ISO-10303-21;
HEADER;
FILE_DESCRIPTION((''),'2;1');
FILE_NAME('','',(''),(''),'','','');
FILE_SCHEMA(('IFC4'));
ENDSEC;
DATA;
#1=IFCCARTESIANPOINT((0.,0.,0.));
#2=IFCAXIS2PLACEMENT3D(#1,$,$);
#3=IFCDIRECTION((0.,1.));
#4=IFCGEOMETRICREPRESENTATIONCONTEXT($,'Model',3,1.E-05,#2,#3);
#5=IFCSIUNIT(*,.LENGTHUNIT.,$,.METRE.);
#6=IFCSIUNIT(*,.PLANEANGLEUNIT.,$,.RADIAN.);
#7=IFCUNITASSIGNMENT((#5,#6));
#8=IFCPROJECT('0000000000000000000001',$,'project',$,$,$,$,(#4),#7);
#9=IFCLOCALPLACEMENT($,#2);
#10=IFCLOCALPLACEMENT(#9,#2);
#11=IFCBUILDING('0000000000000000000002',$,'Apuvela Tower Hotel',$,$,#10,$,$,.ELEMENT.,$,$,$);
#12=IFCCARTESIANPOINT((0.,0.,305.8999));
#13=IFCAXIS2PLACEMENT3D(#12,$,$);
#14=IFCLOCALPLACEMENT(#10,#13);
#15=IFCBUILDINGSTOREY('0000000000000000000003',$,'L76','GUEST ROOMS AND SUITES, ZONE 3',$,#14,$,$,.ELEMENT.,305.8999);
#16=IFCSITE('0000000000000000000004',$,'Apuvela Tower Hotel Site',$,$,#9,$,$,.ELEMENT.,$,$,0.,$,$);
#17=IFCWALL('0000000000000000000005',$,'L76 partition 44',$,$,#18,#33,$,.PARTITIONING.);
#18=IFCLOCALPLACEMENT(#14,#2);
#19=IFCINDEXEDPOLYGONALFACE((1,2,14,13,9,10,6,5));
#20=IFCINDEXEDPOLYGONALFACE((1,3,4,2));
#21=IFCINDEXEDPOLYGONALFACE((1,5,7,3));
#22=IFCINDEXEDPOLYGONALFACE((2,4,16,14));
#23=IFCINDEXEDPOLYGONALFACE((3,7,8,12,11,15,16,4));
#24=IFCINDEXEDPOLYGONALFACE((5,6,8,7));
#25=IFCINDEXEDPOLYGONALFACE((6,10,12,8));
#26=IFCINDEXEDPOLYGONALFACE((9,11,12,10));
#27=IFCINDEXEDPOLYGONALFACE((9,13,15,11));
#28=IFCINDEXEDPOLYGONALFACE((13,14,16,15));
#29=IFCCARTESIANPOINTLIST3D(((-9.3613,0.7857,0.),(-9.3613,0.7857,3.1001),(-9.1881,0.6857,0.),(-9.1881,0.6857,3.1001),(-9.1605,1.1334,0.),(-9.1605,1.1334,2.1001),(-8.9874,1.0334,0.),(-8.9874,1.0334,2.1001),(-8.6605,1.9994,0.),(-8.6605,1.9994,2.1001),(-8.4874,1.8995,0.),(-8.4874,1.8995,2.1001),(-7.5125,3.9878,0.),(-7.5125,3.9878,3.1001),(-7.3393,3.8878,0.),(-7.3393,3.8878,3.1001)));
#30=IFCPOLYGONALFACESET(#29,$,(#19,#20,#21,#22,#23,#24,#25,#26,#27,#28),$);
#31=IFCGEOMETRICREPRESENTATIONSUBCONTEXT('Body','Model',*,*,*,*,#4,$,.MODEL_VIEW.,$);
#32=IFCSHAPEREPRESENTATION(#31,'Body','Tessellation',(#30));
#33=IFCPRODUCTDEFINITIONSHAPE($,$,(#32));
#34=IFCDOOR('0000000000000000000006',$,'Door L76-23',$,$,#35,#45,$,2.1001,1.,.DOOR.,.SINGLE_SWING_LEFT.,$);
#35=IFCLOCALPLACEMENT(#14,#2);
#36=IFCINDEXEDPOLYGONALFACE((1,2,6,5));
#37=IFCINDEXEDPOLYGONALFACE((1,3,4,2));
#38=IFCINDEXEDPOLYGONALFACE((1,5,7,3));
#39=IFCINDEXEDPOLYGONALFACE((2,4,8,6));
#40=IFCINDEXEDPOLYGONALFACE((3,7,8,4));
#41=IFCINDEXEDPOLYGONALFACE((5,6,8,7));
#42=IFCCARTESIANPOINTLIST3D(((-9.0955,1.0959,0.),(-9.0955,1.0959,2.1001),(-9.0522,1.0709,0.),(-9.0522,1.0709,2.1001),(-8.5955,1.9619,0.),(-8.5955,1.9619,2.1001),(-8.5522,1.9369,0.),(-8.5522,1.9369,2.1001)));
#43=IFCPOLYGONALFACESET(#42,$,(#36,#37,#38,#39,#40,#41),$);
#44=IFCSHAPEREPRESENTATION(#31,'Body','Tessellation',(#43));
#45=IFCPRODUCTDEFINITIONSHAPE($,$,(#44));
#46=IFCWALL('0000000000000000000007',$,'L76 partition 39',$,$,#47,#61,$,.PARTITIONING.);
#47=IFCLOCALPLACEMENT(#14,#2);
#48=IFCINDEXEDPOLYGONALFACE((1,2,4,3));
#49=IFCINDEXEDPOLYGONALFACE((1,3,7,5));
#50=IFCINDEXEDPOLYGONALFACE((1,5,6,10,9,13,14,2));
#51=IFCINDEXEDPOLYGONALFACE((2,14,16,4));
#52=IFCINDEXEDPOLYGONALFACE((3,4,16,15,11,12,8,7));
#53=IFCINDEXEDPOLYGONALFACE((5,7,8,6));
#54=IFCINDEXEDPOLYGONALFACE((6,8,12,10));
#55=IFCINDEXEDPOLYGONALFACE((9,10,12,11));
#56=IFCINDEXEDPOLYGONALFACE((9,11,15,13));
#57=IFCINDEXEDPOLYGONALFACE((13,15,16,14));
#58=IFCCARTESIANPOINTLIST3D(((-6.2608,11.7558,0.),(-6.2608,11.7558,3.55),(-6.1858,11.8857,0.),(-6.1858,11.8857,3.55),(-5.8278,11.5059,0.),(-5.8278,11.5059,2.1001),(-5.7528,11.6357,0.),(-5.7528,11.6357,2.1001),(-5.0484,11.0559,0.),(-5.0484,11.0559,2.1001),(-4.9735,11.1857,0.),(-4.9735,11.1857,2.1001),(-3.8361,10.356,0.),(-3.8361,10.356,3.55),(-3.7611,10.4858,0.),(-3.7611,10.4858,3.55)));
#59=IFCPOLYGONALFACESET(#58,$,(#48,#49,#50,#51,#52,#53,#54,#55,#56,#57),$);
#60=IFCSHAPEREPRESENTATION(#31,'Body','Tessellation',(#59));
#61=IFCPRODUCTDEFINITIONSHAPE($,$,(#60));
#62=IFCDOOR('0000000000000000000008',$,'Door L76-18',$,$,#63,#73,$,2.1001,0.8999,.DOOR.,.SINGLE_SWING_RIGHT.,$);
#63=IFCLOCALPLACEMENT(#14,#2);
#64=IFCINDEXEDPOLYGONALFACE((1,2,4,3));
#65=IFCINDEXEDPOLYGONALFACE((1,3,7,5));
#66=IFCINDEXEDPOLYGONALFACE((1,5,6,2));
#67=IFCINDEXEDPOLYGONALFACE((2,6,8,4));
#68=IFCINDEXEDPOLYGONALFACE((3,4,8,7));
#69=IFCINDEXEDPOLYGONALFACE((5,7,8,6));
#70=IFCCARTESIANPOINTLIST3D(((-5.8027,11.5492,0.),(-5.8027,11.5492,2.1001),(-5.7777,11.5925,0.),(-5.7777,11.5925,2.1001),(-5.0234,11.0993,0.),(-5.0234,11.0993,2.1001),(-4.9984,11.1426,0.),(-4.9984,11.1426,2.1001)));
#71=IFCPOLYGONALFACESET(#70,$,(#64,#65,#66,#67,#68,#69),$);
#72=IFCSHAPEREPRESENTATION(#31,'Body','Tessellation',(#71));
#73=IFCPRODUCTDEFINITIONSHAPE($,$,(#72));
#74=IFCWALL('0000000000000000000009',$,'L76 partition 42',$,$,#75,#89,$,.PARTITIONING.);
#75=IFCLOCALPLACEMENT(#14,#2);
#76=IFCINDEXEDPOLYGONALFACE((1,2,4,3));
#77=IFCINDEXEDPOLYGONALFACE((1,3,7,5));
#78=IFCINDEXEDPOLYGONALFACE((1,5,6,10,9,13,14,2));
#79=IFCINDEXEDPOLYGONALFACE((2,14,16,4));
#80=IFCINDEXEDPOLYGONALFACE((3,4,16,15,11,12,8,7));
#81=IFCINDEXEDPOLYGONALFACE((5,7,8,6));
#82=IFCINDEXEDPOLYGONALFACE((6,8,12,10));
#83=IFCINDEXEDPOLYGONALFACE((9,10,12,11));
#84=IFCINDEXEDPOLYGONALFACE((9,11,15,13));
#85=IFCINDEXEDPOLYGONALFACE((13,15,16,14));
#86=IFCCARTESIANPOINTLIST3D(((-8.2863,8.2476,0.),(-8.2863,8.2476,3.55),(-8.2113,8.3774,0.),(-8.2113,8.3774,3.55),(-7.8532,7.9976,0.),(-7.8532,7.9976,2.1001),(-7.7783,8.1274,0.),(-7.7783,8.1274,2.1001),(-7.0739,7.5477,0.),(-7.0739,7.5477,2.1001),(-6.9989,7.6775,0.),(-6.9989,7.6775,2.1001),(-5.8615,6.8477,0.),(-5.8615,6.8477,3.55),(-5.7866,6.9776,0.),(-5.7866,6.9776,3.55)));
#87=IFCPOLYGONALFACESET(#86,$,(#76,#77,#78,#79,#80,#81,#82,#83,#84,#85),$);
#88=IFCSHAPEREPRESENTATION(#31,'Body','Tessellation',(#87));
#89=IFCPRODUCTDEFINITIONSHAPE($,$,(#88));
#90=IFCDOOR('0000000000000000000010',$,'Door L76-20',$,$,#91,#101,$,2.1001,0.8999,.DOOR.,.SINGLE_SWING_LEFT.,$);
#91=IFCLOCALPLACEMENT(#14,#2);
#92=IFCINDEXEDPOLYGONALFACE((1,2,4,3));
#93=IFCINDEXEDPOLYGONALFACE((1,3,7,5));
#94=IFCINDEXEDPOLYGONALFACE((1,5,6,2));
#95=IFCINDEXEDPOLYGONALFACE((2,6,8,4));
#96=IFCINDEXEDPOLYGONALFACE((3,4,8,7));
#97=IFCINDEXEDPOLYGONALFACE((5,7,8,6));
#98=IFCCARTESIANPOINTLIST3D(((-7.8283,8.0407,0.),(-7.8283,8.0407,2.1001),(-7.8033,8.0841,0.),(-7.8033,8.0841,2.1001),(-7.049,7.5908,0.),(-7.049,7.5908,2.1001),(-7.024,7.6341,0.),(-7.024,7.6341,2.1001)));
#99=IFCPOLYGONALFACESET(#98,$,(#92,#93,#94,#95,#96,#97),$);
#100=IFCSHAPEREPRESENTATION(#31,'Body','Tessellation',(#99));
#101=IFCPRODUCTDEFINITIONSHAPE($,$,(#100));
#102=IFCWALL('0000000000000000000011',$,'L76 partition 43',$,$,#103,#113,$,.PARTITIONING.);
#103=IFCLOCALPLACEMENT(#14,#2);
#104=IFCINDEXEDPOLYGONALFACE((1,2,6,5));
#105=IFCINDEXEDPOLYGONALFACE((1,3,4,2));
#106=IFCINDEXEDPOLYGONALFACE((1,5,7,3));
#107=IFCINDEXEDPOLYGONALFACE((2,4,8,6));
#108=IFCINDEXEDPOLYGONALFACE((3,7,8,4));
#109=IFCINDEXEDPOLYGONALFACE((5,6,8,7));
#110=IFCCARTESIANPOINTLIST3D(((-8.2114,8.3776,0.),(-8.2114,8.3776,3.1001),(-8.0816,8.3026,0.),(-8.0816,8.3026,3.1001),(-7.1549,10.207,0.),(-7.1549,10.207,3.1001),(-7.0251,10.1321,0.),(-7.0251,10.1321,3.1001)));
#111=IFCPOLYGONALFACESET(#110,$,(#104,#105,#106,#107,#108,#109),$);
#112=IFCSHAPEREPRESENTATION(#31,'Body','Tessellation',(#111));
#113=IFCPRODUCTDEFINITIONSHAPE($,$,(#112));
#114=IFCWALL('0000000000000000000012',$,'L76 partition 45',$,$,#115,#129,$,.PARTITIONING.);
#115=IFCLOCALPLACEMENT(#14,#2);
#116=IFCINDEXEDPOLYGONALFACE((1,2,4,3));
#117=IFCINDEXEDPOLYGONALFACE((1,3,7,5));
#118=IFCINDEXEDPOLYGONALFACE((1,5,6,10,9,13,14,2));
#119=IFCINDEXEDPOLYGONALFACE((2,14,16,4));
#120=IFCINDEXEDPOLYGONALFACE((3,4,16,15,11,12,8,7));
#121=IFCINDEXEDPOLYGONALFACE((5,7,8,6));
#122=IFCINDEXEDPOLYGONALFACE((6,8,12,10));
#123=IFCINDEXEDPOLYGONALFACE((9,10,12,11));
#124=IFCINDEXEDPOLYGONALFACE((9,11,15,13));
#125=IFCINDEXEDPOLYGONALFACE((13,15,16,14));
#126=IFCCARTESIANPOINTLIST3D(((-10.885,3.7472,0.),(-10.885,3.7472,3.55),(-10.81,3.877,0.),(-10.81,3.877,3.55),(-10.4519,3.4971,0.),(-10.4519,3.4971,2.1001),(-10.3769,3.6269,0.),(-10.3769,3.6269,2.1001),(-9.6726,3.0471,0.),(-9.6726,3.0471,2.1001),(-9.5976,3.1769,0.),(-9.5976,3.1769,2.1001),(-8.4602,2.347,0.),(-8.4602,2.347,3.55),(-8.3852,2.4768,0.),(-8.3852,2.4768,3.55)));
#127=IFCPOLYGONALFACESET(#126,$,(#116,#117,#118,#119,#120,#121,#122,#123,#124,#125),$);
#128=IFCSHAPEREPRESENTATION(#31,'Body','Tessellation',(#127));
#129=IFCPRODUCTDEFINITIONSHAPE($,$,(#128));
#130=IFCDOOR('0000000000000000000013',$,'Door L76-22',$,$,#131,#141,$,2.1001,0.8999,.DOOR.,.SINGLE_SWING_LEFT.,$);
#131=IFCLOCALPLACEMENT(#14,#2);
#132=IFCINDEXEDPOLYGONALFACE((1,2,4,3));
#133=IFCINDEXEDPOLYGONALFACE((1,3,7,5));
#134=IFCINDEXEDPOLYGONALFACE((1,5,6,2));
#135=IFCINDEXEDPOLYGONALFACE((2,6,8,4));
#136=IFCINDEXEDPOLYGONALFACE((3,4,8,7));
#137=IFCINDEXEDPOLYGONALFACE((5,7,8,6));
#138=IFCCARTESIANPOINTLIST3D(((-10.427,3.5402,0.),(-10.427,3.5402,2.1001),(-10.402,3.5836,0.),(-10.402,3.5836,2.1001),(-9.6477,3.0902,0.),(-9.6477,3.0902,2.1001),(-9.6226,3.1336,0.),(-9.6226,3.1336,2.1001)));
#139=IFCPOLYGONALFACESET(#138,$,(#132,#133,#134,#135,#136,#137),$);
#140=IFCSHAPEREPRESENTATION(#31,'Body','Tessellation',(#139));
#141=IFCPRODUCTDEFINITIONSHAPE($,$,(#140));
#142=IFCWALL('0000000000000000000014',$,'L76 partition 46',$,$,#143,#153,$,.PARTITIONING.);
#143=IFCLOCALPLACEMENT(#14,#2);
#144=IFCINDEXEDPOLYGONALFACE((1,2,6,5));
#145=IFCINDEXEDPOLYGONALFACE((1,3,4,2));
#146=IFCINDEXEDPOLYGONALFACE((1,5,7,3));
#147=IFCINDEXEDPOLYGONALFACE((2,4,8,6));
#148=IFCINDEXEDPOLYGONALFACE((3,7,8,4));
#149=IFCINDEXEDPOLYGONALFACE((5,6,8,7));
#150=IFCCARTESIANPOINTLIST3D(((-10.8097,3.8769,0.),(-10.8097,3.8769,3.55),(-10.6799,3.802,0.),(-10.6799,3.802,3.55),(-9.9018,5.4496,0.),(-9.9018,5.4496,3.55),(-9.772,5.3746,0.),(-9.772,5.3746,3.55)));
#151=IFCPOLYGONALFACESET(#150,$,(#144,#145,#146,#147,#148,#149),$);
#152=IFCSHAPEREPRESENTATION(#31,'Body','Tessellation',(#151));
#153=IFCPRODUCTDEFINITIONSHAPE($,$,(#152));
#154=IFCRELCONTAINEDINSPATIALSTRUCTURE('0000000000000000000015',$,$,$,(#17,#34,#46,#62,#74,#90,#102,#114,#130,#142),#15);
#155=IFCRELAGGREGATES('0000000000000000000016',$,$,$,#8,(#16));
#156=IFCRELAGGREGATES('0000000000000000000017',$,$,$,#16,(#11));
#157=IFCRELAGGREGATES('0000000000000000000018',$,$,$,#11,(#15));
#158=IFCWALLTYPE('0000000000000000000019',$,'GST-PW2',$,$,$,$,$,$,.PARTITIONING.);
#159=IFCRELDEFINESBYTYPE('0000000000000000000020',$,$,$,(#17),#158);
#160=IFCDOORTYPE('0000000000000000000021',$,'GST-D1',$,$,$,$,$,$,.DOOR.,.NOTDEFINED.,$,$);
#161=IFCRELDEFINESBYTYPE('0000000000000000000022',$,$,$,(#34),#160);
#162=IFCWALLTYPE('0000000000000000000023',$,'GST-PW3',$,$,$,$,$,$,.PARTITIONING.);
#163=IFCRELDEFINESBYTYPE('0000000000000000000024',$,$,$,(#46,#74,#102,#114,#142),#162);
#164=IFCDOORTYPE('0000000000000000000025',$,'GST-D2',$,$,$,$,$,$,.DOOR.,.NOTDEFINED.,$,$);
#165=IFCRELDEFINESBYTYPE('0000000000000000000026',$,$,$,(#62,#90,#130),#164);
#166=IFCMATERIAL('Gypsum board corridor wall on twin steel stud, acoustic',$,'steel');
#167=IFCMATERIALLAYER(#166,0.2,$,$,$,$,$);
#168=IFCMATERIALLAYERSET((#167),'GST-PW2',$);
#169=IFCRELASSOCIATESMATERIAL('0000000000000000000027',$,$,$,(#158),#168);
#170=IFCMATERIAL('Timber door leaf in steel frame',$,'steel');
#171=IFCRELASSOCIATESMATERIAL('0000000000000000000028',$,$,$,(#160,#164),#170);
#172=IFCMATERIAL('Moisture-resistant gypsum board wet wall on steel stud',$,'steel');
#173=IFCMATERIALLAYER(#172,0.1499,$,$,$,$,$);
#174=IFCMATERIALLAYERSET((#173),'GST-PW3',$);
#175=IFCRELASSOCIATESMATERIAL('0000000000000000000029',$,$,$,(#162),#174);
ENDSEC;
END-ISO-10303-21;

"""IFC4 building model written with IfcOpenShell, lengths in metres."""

from ifc_helpers import new_model, si_unit, direction, frame, frame_2d, origin, place, context, subcontext, project, spatial, rectangle, extrude, material, layer, layer_set, type_object, element, fill, save


model = new_model("IFC4")

# Units and contexts
model_context = context("Model", 3, precision=1e-05, world=origin(), true_north=direction((0.0, 1.0)))
body_context = subcontext(model_context, "Body", "Model", "MODEL_VIEW")
ifc_project = project(units=[si_unit("LENGTHUNIT", "METRE"), si_unit("PLANEANGLEUNIT", "RADIAN")], contexts=[model_context])

# Site, building, storey
site_placement = place(None, origin())
site = spatial("IfcSite", under=ifc_project, at=site_placement, Name="Apuvela Tower Hotel Site", CompositionType="ELEMENT", RefElevation=0.0)
building_placement = place(site_placement, origin())
building = spatial("IfcBuilding", under=site, at=building_placement, Name="Apuvela Tower Hotel", CompositionType="ELEMENT")
storey_placement = place(building_placement, frame((0.0, 0.0, 305.8999)))
storey = spatial("IfcBuildingStorey", under=building, at=storey_placement, Name="L76", Description="GUEST ROOMS AND SUITES, ZONE 3", CompositionType="ELEMENT", Elevation=305.8999)

# Walls, openings, doors
ifc_material_1 = material(Name="Gypsum board corridor wall on twin steel stud, acoustic", Category="steel")
ifc_layer_1 = layer(ifc_material_1, 0.2)
ifc_layer_set_1 = layer_set([ifc_layer_1], Name="GST-PW2")
wall_type_1 = type_object("IfcWallType", Name="GST-PW2", PredefinedType="PARTITIONING", material=ifc_layer_set_1)
ifc_material_2 = material(Name="Timber door leaf in steel frame", Category="steel")
door_type_1 = type_object("IfcDoorType", Name="GST-D1", OperationType="NOTDEFINED", PredefinedType="DOOR", material=ifc_material_2)
wall_1_placement = place(storey_placement, frame((-9.2747, 0.7358, 0.0), z_axis=(0.0, 0.0, 1.0), x_axis=(0.500023, 0.866012, 0.0)))
wall_1 = element("IfcWall", 1, at=wall_1_placement, inside=storey, type_object=wall_type_1, Name="L76 partition 44", PredefinedType="PARTITIONING", context=body_context, shape_type="SweptSolid", body=[
    extrude(rectangle(XDim=3.6975, YDim=0.2, at=frame_2d((1.8486, 0.0))), origin(), (0.0, 0.0, 1.0), 3.1001),
])
opening_1_placement = place(wall_1_placement, frame((0.4014, 0.0, 0.0)))
opening_1 = element("IfcOpeningElement", 2, at=opening_1_placement, cuts=wall_1, PredefinedType="OPENING", context=body_context, shape_type="SweptSolid", body=[
    extrude(rectangle(XDim=1.0, YDim=2.1001, at=frame_2d((0.5, 1.05))), frame((0.0, 0.1099, 0.0), z_axis=(0.0, -1.0, 0.0), x_axis=(1.0, 0.0, 0.0)), (0.0, 0.0, 1.0), 0.22),
])
door_1_placement = place(opening_1_placement, origin())
door_1 = element("IfcDoor", 3, at=door_1_placement, inside=storey, type_object=door_type_1, Name="Door L76-23", OperationType="SINGLE_SWING_LEFT", OverallHeight=2.1001, OverallWidth=1.0, PredefinedType="DOOR", context=body_context, shape_type="SweptSolid", body=[
    extrude(rectangle(XDim=1.0, YDim=2.1001, at=frame_2d((0.5, 1.05))), frame((0.0, 0.0249, 0.0), z_axis=(0.0, -1.0, 0.0), x_axis=(1.0, 0.0, 0.0)), (0.0, 0.0, 1.0), 0.05),
])
fill(opening_1, door_1)
ifc_material_3 = material(Name="Moisture-resistant gypsum board wet wall on steel stud", Category="steel")
ifc_layer_2 = layer(ifc_material_3, 0.1499)
ifc_layer_set_2 = layer_set([ifc_layer_2], Name="GST-PW3")
wall_type_2 = type_object("IfcWallType", Name="GST-PW3", PredefinedType="PARTITIONING", material=ifc_layer_set_2)
wall_2_placement = place(storey_placement, frame((-3.7986, 10.4209, 0.0), z_axis=(0.0, 0.0, 1.0), x_axis=(-0.866035, 0.499984, 0.0)))
wall_2 = element("IfcWall", 4, at=wall_2_placement, inside=storey, type_object=wall_type_2, Name="L76 partition 39", PredefinedType="PARTITIONING", context=body_context, shape_type="SweptSolid", body=[
    extrude(rectangle(XDim=2.7998, YDim=0.1499, at=frame_2d((1.3999, 0.0))), origin(), (0.0, 0.0, 1.0), 3.55),
])
opening_2_placement = place(wall_2_placement, frame((1.3999, 0.0, 0.0)))
opening_2 = element("IfcOpeningElement", 5, at=opening_2_placement, cuts=wall_2, PredefinedType="OPENING", context=body_context, shape_type="SweptSolid", body=[
    extrude(rectangle(XDim=0.8999, YDim=2.1001, at=frame_2d((0.45, 1.05))), frame((0.0, 0.085, 0.0), z_axis=(0.0, -1.0, 0.0), x_axis=(1.0, 0.0, 0.0)), (0.0, 0.0, 1.0), 0.1699),
])
door_type_2 = type_object("IfcDoorType", Name="GST-D2", OperationType="NOTDEFINED", PredefinedType="DOOR", material=ifc_material_2)
door_2_placement = place(opening_2_placement, origin())
door_2 = element("IfcDoor", 6, at=door_2_placement, inside=storey, type_object=door_type_2, Name="Door L76-18", OperationType="SINGLE_SWING_RIGHT", OverallHeight=2.1001, OverallWidth=0.8999, PredefinedType="DOOR", context=body_context, shape_type="SweptSolid", body=[
    extrude(rectangle(XDim=0.8999, YDim=2.1001, at=frame_2d((0.45, 1.05))), frame((0.0, 0.0249, 0.0), z_axis=(0.0, -1.0, 0.0), x_axis=(1.0, 0.0, 0.0)), (0.0, 0.0, 1.0), 0.05),
])
fill(opening_2, door_2)
wall_3_placement = place(storey_placement, frame((-8.2488, 8.3125, 0.0), z_axis=(0.0, 0.0, 1.0), x_axis=(0.866035, -0.499984, 0.0)))
wall_3 = element("IfcWall", 7, at=wall_3_placement, inside=storey, type_object=wall_type_2, Name="L76 partition 42", PredefinedType="PARTITIONING", context=body_context, shape_type="SweptSolid", body=[
    extrude(rectangle(XDim=2.7998, YDim=0.1499, at=frame_2d((1.3999, 0.0))), origin(), (0.0, 0.0, 1.0), 3.55),
])
opening_3_placement = place(wall_3_placement, frame((0.5, 0.0, 0.0)))
opening_3 = element("IfcOpeningElement", 8, at=opening_3_placement, cuts=wall_3, PredefinedType="OPENING", context=body_context, shape_type="SweptSolid", body=[
    extrude(rectangle(XDim=0.8999, YDim=2.1001, at=frame_2d((0.45, 1.05))), frame((0.0, 0.085, 0.0), z_axis=(0.0, -1.0, 0.0), x_axis=(1.0, 0.0, 0.0)), (0.0, 0.0, 1.0), 0.1699),
])
door_3_placement = place(opening_3_placement, origin())
door_3 = element("IfcDoor", 9, at=door_3_placement, inside=storey, type_object=door_type_2, Name="Door L76-20", OperationType="SINGLE_SWING_LEFT", OverallHeight=2.1001, OverallWidth=0.8999, PredefinedType="DOOR", context=body_context, shape_type="SweptSolid", body=[
    extrude(rectangle(XDim=0.8999, YDim=2.1001, at=frame_2d((0.45, 1.05))), frame((0.0, 0.0249, 0.0), z_axis=(0.0, -1.0, 0.0), x_axis=(1.0, 0.0, 0.0)), (0.0, 0.0, 1.0), 0.05),
])
fill(opening_3, door_3)

# Wall
wall_4_placement = place(storey_placement, frame((-7.0901, 10.1694, 0.0), z_axis=(0.0, 0.0, 1.0), x_axis=(-0.500079, -0.86598, 0.0)))
element("IfcWall", 10, at=wall_4_placement, inside=storey, type_object=wall_type_2, Name="L76 partition 43", PredefinedType="PARTITIONING", context=body_context, shape_type="SweptSolid", body=[
    extrude(rectangle(XDim=2.1125, YDim=0.1499, at=frame_2d((1.0562, 0.0))), origin(), (0.0, 0.0, 1.0), 3.1001),
])

# Wall, opening, door
wall_5_placement = place(storey_placement, frame((-10.8474, 3.812, 0.0), z_axis=(0.0, 0.0, 1.0), x_axis=(0.865997, -0.50005, 0.0)))
wall_5 = element("IfcWall", 11, at=wall_5_placement, inside=storey, type_object=wall_type_2, Name="L76 partition 45", PredefinedType="PARTITIONING", context=body_context, shape_type="SweptSolid", body=[
    extrude(rectangle(XDim=2.8, YDim=0.1499, at=frame_2d((1.3999, 0.0))), origin(), (0.0, 0.0, 1.0), 3.55),
])
opening_4_placement = place(wall_5_placement, frame((0.5, 0.0, 0.0)))
opening_4 = element("IfcOpeningElement", 12, at=opening_4_placement, cuts=wall_5, PredefinedType="OPENING", context=body_context, shape_type="SweptSolid", body=[
    extrude(rectangle(XDim=0.8999, YDim=2.1001, at=frame_2d((0.45, 1.05))), frame((0.0, 0.085, 0.0), z_axis=(0.0, -1.0, 0.0), x_axis=(1.0, 0.0, 0.0)), (0.0, 0.0, 1.0), 0.1699),
])
door_4_placement = place(opening_4_placement, origin())
door_4 = element("IfcDoor", 13, at=door_4_placement, inside=storey, type_object=door_type_2, Name="Door L76-22", OperationType="SINGLE_SWING_LEFT", OverallHeight=2.1001, OverallWidth=0.8999, PredefinedType="DOOR", context=body_context, shape_type="SweptSolid", body=[
    extrude(rectangle(XDim=0.8999, YDim=2.1001, at=frame_2d((0.45, 1.05))), frame((0.0, 0.0249, 0.0), z_axis=(0.0, -1.0, 0.0), x_axis=(1.0, 0.0, 0.0)), (0.0, 0.0, 1.0), 0.05),
])
fill(opening_4, door_4)

# Wall
wall_6_placement = place(storey_placement, frame((-9.8369, 5.4121, 0.0), z_axis=(0.0, 0.0, 1.0), x_axis=(-0.499971, -0.866042, 0.0)))
element("IfcWall", 14, at=wall_6_placement, inside=storey, type_object=wall_type_2, Name="L76 partition 46", PredefinedType="PARTITIONING", context=body_context, shape_type="SweptSolid", body=[
    extrude(rectangle(XDim=1.8159, YDim=0.1499, at=frame_2d((0.908, 0.0))), origin(), (0.0, 0.0, 1.0), 3.55),
])

save(model, "model.ifc")
